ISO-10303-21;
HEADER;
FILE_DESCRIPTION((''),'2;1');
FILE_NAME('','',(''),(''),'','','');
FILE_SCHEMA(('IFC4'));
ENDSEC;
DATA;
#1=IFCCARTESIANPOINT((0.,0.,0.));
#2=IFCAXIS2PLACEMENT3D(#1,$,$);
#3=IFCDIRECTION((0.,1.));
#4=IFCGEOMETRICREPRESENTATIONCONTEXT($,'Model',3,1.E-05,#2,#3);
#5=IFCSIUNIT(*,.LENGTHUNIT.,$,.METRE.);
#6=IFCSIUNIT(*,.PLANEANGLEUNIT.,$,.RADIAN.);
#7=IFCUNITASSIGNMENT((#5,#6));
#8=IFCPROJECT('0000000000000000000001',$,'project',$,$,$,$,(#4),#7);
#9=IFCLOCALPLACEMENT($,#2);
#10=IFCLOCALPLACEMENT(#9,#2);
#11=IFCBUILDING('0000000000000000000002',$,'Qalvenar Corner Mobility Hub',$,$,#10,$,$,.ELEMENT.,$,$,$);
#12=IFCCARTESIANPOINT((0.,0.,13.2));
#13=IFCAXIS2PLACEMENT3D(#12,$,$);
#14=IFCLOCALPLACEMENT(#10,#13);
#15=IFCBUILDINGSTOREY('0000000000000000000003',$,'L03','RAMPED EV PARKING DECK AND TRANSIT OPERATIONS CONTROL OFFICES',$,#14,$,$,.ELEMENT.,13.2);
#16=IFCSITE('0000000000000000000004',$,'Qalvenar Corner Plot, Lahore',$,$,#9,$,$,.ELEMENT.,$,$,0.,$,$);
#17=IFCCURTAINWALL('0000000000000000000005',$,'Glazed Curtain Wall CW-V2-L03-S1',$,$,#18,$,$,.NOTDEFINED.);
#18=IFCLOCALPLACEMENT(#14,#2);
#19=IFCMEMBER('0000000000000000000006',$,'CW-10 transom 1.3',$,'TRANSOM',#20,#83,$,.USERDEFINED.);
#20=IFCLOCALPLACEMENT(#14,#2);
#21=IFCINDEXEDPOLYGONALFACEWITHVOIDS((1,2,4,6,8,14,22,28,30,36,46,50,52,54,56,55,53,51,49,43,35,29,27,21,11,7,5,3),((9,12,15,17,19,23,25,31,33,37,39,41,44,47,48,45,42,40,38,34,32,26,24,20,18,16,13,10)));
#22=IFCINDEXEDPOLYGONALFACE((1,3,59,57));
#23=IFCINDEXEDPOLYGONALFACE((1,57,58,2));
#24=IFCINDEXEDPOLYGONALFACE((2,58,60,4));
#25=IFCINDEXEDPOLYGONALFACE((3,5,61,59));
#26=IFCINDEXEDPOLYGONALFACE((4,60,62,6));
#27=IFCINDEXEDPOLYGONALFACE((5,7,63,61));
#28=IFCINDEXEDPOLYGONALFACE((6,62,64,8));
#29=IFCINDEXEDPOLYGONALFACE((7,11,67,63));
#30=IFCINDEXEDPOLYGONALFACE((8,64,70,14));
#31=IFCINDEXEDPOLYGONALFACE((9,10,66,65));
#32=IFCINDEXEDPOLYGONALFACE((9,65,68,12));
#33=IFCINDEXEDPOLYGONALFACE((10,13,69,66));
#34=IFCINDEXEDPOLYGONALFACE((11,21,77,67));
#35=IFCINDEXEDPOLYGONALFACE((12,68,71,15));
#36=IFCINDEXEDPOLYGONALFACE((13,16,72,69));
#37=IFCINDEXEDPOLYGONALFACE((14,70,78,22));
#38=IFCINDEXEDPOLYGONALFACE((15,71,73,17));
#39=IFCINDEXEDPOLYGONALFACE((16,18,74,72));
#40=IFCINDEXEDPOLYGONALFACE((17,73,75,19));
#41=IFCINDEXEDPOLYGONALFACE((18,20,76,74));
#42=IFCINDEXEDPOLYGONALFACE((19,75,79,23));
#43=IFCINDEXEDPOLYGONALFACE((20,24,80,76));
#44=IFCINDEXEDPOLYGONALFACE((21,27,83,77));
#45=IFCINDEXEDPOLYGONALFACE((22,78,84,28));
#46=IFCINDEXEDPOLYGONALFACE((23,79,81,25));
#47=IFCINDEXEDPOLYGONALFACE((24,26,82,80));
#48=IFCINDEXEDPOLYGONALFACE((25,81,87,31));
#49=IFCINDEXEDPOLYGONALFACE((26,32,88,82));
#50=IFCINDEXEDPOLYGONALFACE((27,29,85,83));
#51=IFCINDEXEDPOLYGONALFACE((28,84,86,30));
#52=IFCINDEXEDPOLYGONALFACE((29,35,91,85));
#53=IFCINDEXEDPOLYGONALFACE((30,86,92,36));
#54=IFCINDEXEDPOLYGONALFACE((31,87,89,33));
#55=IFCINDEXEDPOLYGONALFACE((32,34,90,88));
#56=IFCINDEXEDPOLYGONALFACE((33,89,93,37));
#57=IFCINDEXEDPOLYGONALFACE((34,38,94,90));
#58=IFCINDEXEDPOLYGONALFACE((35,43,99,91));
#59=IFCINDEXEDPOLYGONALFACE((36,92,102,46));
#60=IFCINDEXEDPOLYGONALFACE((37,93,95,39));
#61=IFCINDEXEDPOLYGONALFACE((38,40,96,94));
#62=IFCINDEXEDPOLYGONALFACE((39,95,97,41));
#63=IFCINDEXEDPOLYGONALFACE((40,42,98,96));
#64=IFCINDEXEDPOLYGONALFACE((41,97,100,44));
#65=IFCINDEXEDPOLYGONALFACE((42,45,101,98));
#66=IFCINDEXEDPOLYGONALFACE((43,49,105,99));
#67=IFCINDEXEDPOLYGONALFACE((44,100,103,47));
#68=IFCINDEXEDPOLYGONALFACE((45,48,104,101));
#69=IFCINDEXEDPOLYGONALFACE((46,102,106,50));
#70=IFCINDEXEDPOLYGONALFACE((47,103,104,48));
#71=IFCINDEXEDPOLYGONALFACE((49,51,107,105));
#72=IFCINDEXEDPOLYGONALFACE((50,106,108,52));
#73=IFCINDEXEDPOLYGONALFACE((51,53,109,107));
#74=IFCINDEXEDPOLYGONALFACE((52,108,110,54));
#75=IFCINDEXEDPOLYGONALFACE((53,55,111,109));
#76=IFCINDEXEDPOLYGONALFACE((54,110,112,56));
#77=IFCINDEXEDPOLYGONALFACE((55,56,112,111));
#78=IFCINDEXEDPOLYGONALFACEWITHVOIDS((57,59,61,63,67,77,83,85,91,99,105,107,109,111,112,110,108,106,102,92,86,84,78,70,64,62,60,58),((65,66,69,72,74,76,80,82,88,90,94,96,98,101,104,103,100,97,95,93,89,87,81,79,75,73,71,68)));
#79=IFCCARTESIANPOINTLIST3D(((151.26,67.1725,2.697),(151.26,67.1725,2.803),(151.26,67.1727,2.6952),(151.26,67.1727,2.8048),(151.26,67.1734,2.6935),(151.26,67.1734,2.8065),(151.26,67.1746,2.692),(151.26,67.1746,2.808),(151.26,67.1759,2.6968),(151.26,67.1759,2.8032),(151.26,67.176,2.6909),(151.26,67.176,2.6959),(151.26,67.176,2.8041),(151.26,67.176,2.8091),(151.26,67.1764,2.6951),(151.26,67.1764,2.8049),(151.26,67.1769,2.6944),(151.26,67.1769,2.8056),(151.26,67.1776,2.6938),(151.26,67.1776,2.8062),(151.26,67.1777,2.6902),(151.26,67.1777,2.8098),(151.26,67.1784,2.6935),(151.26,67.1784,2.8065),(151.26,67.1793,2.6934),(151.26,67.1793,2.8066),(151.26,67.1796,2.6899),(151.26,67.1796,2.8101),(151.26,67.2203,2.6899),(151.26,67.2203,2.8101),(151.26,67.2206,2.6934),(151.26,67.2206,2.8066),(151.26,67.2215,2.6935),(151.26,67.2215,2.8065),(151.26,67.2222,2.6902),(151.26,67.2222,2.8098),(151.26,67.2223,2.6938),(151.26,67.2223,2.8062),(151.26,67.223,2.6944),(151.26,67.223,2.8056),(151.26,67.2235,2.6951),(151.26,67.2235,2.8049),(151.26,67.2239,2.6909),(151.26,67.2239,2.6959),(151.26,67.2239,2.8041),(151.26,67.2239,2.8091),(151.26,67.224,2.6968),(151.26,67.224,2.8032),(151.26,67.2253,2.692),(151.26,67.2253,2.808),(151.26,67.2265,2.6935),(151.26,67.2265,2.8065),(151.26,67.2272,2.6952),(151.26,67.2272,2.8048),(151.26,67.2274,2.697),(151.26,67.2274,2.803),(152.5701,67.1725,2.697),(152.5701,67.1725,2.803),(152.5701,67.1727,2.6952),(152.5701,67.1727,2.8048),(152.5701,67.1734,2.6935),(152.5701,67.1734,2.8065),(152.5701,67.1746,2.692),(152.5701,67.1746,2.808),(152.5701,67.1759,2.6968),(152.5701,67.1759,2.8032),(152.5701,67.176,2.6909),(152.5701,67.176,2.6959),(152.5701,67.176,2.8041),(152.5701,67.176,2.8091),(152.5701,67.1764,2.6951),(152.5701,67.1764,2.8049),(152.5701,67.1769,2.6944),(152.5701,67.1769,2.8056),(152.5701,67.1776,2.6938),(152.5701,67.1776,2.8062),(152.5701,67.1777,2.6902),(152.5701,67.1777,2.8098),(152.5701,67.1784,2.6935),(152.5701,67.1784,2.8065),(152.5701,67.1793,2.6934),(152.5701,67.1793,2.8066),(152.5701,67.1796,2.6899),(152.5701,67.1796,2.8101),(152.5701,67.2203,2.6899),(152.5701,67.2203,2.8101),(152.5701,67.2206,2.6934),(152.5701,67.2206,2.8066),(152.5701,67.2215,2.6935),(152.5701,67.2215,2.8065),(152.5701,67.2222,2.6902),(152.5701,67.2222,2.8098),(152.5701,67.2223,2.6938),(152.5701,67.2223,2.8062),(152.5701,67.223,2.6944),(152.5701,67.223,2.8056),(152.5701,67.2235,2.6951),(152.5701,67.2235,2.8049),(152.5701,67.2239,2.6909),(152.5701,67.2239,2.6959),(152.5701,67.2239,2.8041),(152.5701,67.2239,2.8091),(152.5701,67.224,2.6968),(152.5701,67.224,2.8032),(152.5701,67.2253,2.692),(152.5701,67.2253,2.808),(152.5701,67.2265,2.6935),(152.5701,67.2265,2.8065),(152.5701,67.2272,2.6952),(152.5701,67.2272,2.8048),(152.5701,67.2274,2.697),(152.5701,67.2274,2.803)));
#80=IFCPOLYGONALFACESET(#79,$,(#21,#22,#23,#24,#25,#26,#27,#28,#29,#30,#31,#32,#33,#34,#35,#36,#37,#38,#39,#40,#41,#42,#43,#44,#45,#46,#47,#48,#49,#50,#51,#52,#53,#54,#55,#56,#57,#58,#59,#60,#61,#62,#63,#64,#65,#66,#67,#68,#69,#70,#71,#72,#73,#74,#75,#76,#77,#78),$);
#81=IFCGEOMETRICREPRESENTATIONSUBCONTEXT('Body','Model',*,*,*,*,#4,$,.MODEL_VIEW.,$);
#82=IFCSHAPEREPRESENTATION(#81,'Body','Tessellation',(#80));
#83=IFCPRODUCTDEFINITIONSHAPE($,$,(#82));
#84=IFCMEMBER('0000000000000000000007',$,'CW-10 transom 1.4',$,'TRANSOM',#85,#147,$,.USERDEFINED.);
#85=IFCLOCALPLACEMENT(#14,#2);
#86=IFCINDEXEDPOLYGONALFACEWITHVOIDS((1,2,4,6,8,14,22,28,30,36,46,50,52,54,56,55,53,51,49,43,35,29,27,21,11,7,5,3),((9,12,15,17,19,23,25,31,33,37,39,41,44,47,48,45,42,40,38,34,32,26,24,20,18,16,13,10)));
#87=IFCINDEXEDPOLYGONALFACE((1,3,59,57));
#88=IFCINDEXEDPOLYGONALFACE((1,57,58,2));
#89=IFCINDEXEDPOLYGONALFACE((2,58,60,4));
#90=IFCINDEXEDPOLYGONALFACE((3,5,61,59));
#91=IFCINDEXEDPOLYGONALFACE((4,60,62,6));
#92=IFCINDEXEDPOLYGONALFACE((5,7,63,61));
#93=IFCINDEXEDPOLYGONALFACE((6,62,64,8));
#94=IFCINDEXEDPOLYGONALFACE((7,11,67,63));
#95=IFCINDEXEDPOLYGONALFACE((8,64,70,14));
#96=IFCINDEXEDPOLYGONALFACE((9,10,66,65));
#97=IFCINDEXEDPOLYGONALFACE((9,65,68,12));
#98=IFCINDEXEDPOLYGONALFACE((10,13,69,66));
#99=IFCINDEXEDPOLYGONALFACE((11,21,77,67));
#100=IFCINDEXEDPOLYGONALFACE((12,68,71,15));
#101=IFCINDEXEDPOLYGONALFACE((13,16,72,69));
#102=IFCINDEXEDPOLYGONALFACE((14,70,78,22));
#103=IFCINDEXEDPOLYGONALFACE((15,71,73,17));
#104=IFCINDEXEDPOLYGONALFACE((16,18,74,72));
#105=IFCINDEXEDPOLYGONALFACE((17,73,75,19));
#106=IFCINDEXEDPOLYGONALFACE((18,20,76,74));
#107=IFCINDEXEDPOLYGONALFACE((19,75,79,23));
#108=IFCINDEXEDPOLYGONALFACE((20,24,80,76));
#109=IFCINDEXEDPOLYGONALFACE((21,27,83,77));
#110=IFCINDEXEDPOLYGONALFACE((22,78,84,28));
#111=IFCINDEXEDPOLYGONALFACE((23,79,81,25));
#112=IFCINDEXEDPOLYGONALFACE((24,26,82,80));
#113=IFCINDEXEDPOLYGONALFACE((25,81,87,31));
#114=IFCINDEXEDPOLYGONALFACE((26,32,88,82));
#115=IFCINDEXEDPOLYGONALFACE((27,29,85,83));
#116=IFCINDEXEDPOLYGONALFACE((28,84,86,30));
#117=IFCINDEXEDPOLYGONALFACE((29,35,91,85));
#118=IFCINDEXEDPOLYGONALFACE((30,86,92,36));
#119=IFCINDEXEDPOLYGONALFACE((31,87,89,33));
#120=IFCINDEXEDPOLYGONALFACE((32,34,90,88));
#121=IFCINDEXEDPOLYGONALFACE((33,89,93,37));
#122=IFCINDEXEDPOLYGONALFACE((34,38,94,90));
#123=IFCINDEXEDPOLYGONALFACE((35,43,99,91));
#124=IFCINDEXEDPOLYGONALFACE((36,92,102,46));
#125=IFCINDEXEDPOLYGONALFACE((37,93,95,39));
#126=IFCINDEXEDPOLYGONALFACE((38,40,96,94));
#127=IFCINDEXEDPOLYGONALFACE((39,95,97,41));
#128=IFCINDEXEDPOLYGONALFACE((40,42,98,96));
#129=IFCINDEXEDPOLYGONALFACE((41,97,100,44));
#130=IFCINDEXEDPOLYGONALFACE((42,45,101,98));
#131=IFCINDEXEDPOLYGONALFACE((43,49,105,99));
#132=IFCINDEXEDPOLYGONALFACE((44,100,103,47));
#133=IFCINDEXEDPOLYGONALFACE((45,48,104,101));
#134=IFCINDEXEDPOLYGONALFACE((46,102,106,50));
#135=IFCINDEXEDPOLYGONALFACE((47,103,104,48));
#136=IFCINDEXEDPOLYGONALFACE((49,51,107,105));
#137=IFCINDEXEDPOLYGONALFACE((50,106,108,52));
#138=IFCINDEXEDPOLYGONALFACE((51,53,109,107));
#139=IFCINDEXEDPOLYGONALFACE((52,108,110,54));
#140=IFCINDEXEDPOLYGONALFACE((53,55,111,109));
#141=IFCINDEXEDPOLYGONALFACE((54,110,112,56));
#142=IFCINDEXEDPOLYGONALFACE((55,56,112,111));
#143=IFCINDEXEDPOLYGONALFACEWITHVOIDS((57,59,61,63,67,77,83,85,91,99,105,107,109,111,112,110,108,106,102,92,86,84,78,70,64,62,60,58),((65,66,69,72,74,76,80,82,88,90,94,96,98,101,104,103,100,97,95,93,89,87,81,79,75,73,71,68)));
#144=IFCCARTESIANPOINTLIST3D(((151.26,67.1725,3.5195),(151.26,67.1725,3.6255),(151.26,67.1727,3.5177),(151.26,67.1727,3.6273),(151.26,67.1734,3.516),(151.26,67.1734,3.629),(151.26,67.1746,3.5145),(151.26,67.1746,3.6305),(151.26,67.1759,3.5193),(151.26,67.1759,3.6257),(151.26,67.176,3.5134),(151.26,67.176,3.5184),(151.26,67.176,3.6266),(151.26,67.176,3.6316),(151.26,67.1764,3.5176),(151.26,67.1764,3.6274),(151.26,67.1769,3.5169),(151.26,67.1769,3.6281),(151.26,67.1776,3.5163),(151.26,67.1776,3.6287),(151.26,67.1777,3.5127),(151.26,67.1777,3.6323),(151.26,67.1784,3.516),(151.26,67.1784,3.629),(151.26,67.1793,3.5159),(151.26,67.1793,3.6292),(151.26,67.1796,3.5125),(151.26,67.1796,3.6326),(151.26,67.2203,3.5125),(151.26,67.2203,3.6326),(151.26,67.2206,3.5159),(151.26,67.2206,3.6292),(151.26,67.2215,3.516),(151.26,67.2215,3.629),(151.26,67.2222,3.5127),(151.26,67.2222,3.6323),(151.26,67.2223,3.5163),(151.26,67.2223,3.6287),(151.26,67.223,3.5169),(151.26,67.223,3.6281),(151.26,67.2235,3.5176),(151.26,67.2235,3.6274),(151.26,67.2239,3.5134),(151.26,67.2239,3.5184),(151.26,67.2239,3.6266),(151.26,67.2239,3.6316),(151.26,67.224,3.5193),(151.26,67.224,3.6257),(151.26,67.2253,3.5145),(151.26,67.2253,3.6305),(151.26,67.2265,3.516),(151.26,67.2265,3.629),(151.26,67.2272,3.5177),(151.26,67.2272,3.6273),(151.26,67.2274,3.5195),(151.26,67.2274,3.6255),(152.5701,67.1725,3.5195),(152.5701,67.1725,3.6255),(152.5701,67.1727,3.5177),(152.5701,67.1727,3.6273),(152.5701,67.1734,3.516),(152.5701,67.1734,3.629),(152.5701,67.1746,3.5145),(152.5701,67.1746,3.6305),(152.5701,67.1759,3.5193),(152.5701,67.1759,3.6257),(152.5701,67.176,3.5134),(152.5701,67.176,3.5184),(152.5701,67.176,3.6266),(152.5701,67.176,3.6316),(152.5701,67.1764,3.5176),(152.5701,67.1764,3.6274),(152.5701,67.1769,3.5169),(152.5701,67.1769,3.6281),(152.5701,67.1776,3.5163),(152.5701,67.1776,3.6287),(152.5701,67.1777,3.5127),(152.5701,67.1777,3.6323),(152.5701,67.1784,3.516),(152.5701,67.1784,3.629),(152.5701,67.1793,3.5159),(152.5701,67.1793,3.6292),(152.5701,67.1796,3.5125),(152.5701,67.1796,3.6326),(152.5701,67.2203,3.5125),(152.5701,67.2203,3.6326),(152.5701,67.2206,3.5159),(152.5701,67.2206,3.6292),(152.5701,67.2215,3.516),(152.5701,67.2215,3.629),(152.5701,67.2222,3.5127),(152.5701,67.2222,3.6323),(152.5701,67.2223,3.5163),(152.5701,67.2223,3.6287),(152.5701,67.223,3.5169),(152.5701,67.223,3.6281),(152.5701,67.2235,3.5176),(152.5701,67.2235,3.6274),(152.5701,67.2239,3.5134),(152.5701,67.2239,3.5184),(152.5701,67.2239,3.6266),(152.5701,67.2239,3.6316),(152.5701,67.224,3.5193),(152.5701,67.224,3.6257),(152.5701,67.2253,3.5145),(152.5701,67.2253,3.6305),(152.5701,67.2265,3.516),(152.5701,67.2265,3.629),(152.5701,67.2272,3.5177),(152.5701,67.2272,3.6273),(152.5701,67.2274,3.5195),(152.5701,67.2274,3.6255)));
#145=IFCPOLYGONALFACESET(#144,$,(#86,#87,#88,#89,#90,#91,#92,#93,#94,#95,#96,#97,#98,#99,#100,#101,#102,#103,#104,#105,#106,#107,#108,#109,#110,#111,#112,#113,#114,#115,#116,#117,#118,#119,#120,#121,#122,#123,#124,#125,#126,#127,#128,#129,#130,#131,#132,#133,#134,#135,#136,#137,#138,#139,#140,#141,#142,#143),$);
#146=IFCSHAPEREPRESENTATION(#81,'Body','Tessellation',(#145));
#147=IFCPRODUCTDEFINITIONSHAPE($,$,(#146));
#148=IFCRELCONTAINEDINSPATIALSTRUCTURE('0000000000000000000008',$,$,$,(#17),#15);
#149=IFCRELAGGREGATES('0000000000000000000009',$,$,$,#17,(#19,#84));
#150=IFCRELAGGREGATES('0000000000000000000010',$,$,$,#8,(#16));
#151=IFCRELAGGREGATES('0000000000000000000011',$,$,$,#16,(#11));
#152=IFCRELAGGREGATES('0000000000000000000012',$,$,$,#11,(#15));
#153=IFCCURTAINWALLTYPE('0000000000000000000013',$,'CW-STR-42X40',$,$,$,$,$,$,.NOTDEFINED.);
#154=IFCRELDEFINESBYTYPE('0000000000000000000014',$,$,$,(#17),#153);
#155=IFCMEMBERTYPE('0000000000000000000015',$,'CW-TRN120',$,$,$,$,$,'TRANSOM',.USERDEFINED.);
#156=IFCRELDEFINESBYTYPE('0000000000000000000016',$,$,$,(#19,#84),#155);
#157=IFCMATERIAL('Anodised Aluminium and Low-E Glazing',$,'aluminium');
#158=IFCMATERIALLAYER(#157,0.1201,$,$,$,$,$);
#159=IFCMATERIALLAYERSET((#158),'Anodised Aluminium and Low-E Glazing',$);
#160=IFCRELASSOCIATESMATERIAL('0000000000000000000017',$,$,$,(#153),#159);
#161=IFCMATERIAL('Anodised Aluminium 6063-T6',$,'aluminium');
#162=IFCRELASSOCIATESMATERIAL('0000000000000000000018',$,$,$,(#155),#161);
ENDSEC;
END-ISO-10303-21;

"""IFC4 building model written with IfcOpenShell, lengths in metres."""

from ifc_helpers import new_model, si_unit, direction, frame, origin, origin_2d, place, context, subcontext, project, spatial, hollow_rectangle, extrude, material, layer, layer_set, material_profile, profile_set, type_object, element, aggregate, save


model = new_model("IFC4")

# Units and contexts
model_context = context("Model", 3, precision=1e-05, world=origin(), true_north=direction((0.0, 1.0)))
body_context = subcontext(model_context, "Body", "Model", "MODEL_VIEW")
ifc_project = project(units=[si_unit("LENGTHUNIT", "METRE"), si_unit("PLANEANGLEUNIT", "RADIAN")], contexts=[model_context])

# Site, building, storey
site_placement = place(None, origin())
site = spatial("IfcSite", under=ifc_project, at=site_placement, Name="Qalvenar Corner Plot, Lahore", CompositionType="ELEMENT", RefElevation=0.0)
building_placement = place(site_placement, origin())
building = spatial("IfcBuilding", under=site, at=building_placement, Name="Qalvenar Corner Mobility Hub", CompositionType="ELEMENT")
storey_placement = place(building_placement, frame((0.0, 0.0, 13.2)))
storey = spatial("IfcBuildingStorey", under=building, at=storey_placement, Name="L03", Description="RAMPED EV PARKING DECK AND TRANSIT OPERATIONS CONTROL OFFICES", CompositionType="ELEMENT", Elevation=13.2)

# Curtain wall
ifc_material_1 = material(Name="Anodised Aluminium and Low-E Glazing", Category="aluminium")
ifc_layer_1 = layer(ifc_material_1, 0.1201)
ifc_layer_set_1 = layer_set([ifc_layer_1], Name="Anodised Aluminium and Low-E Glazing")
curtain_wall_type = type_object("IfcCurtainWallType", Name="CW-STR-42X40", PredefinedType="NOTDEFINED", material=ifc_layer_set_1)
ifc_material_2 = material(Name="Anodised Aluminium 6063-T6", Category="aluminium")
curtain_wall_1_placement = place(storey_placement, origin())
curtain_wall_1 = element("IfcCurtainWall", 1, at=curtain_wall_1_placement, inside=storey, type_object=curtain_wall_type, Name="Glazed Curtain Wall CW-V2-L03-S1", PredefinedType="NOTDEFINED")

# Members
ifc_material_profile_1 = material_profile(ifc_material_2, hollow_rectangle(XDim=0.0549, YDim=0.1201, WallThickness=0.0034, InnerFilletRadius=0.0034, OuterFilletRadius=0.0071, at=origin_2d()), Name="RHS120x55x3.5")
ifc_profile_set_1 = profile_set([ifc_material_profile_1], Name="Anodised Aluminium 6063-T6")
member_type_1 = type_object("IfcMemberType", Name="CW-TRN120", ElementType="TRANSOM", PredefinedType="USERDEFINED", material=ifc_profile_set_1)
member_1_placement = place(storey_placement, frame((151.26, 67.2, 2.75), z_axis=(1.0, 0.0, 0.0), x_axis=(0.0, 1.0, 0.0)))
member_1 = element("IfcMember", 2, at=member_1_placement, type_object=member_type_1, Name="CW-10 transom 1.3", ObjectType="TRANSOM", PredefinedType="USERDEFINED", context=body_context, shape_type="SweptSolid", body=[
    extrude(hollow_rectangle(XDim=0.0549, YDim=0.1201, WallThickness=0.0034, InnerFilletRadius=0.0034, OuterFilletRadius=0.0071, at=origin_2d()), origin(), (0.0, 0.0, 1.0), 1.3101),
])
member_2_placement = place(storey_placement, frame((151.26, 67.2, 3.5725), z_axis=(1.0, 0.0, 0.0), x_axis=(0.0, 1.0, 0.0)))
member_2 = element("IfcMember", 3, at=member_2_placement, type_object=member_type_1, Name="CW-10 transom 1.4", ObjectType="TRANSOM", PredefinedType="USERDEFINED", context=body_context, shape_type="SweptSolid", body=[
    extrude(hollow_rectangle(XDim=0.0549, YDim=0.1201, WallThickness=0.0034, InnerFilletRadius=0.0034, OuterFilletRadius=0.0071, at=origin_2d()), origin(), (0.0, 0.0, 1.0), 1.3101),
])

aggregate(curtain_wall_1, [member_1, member_2])

save(model, "model.ifc")
